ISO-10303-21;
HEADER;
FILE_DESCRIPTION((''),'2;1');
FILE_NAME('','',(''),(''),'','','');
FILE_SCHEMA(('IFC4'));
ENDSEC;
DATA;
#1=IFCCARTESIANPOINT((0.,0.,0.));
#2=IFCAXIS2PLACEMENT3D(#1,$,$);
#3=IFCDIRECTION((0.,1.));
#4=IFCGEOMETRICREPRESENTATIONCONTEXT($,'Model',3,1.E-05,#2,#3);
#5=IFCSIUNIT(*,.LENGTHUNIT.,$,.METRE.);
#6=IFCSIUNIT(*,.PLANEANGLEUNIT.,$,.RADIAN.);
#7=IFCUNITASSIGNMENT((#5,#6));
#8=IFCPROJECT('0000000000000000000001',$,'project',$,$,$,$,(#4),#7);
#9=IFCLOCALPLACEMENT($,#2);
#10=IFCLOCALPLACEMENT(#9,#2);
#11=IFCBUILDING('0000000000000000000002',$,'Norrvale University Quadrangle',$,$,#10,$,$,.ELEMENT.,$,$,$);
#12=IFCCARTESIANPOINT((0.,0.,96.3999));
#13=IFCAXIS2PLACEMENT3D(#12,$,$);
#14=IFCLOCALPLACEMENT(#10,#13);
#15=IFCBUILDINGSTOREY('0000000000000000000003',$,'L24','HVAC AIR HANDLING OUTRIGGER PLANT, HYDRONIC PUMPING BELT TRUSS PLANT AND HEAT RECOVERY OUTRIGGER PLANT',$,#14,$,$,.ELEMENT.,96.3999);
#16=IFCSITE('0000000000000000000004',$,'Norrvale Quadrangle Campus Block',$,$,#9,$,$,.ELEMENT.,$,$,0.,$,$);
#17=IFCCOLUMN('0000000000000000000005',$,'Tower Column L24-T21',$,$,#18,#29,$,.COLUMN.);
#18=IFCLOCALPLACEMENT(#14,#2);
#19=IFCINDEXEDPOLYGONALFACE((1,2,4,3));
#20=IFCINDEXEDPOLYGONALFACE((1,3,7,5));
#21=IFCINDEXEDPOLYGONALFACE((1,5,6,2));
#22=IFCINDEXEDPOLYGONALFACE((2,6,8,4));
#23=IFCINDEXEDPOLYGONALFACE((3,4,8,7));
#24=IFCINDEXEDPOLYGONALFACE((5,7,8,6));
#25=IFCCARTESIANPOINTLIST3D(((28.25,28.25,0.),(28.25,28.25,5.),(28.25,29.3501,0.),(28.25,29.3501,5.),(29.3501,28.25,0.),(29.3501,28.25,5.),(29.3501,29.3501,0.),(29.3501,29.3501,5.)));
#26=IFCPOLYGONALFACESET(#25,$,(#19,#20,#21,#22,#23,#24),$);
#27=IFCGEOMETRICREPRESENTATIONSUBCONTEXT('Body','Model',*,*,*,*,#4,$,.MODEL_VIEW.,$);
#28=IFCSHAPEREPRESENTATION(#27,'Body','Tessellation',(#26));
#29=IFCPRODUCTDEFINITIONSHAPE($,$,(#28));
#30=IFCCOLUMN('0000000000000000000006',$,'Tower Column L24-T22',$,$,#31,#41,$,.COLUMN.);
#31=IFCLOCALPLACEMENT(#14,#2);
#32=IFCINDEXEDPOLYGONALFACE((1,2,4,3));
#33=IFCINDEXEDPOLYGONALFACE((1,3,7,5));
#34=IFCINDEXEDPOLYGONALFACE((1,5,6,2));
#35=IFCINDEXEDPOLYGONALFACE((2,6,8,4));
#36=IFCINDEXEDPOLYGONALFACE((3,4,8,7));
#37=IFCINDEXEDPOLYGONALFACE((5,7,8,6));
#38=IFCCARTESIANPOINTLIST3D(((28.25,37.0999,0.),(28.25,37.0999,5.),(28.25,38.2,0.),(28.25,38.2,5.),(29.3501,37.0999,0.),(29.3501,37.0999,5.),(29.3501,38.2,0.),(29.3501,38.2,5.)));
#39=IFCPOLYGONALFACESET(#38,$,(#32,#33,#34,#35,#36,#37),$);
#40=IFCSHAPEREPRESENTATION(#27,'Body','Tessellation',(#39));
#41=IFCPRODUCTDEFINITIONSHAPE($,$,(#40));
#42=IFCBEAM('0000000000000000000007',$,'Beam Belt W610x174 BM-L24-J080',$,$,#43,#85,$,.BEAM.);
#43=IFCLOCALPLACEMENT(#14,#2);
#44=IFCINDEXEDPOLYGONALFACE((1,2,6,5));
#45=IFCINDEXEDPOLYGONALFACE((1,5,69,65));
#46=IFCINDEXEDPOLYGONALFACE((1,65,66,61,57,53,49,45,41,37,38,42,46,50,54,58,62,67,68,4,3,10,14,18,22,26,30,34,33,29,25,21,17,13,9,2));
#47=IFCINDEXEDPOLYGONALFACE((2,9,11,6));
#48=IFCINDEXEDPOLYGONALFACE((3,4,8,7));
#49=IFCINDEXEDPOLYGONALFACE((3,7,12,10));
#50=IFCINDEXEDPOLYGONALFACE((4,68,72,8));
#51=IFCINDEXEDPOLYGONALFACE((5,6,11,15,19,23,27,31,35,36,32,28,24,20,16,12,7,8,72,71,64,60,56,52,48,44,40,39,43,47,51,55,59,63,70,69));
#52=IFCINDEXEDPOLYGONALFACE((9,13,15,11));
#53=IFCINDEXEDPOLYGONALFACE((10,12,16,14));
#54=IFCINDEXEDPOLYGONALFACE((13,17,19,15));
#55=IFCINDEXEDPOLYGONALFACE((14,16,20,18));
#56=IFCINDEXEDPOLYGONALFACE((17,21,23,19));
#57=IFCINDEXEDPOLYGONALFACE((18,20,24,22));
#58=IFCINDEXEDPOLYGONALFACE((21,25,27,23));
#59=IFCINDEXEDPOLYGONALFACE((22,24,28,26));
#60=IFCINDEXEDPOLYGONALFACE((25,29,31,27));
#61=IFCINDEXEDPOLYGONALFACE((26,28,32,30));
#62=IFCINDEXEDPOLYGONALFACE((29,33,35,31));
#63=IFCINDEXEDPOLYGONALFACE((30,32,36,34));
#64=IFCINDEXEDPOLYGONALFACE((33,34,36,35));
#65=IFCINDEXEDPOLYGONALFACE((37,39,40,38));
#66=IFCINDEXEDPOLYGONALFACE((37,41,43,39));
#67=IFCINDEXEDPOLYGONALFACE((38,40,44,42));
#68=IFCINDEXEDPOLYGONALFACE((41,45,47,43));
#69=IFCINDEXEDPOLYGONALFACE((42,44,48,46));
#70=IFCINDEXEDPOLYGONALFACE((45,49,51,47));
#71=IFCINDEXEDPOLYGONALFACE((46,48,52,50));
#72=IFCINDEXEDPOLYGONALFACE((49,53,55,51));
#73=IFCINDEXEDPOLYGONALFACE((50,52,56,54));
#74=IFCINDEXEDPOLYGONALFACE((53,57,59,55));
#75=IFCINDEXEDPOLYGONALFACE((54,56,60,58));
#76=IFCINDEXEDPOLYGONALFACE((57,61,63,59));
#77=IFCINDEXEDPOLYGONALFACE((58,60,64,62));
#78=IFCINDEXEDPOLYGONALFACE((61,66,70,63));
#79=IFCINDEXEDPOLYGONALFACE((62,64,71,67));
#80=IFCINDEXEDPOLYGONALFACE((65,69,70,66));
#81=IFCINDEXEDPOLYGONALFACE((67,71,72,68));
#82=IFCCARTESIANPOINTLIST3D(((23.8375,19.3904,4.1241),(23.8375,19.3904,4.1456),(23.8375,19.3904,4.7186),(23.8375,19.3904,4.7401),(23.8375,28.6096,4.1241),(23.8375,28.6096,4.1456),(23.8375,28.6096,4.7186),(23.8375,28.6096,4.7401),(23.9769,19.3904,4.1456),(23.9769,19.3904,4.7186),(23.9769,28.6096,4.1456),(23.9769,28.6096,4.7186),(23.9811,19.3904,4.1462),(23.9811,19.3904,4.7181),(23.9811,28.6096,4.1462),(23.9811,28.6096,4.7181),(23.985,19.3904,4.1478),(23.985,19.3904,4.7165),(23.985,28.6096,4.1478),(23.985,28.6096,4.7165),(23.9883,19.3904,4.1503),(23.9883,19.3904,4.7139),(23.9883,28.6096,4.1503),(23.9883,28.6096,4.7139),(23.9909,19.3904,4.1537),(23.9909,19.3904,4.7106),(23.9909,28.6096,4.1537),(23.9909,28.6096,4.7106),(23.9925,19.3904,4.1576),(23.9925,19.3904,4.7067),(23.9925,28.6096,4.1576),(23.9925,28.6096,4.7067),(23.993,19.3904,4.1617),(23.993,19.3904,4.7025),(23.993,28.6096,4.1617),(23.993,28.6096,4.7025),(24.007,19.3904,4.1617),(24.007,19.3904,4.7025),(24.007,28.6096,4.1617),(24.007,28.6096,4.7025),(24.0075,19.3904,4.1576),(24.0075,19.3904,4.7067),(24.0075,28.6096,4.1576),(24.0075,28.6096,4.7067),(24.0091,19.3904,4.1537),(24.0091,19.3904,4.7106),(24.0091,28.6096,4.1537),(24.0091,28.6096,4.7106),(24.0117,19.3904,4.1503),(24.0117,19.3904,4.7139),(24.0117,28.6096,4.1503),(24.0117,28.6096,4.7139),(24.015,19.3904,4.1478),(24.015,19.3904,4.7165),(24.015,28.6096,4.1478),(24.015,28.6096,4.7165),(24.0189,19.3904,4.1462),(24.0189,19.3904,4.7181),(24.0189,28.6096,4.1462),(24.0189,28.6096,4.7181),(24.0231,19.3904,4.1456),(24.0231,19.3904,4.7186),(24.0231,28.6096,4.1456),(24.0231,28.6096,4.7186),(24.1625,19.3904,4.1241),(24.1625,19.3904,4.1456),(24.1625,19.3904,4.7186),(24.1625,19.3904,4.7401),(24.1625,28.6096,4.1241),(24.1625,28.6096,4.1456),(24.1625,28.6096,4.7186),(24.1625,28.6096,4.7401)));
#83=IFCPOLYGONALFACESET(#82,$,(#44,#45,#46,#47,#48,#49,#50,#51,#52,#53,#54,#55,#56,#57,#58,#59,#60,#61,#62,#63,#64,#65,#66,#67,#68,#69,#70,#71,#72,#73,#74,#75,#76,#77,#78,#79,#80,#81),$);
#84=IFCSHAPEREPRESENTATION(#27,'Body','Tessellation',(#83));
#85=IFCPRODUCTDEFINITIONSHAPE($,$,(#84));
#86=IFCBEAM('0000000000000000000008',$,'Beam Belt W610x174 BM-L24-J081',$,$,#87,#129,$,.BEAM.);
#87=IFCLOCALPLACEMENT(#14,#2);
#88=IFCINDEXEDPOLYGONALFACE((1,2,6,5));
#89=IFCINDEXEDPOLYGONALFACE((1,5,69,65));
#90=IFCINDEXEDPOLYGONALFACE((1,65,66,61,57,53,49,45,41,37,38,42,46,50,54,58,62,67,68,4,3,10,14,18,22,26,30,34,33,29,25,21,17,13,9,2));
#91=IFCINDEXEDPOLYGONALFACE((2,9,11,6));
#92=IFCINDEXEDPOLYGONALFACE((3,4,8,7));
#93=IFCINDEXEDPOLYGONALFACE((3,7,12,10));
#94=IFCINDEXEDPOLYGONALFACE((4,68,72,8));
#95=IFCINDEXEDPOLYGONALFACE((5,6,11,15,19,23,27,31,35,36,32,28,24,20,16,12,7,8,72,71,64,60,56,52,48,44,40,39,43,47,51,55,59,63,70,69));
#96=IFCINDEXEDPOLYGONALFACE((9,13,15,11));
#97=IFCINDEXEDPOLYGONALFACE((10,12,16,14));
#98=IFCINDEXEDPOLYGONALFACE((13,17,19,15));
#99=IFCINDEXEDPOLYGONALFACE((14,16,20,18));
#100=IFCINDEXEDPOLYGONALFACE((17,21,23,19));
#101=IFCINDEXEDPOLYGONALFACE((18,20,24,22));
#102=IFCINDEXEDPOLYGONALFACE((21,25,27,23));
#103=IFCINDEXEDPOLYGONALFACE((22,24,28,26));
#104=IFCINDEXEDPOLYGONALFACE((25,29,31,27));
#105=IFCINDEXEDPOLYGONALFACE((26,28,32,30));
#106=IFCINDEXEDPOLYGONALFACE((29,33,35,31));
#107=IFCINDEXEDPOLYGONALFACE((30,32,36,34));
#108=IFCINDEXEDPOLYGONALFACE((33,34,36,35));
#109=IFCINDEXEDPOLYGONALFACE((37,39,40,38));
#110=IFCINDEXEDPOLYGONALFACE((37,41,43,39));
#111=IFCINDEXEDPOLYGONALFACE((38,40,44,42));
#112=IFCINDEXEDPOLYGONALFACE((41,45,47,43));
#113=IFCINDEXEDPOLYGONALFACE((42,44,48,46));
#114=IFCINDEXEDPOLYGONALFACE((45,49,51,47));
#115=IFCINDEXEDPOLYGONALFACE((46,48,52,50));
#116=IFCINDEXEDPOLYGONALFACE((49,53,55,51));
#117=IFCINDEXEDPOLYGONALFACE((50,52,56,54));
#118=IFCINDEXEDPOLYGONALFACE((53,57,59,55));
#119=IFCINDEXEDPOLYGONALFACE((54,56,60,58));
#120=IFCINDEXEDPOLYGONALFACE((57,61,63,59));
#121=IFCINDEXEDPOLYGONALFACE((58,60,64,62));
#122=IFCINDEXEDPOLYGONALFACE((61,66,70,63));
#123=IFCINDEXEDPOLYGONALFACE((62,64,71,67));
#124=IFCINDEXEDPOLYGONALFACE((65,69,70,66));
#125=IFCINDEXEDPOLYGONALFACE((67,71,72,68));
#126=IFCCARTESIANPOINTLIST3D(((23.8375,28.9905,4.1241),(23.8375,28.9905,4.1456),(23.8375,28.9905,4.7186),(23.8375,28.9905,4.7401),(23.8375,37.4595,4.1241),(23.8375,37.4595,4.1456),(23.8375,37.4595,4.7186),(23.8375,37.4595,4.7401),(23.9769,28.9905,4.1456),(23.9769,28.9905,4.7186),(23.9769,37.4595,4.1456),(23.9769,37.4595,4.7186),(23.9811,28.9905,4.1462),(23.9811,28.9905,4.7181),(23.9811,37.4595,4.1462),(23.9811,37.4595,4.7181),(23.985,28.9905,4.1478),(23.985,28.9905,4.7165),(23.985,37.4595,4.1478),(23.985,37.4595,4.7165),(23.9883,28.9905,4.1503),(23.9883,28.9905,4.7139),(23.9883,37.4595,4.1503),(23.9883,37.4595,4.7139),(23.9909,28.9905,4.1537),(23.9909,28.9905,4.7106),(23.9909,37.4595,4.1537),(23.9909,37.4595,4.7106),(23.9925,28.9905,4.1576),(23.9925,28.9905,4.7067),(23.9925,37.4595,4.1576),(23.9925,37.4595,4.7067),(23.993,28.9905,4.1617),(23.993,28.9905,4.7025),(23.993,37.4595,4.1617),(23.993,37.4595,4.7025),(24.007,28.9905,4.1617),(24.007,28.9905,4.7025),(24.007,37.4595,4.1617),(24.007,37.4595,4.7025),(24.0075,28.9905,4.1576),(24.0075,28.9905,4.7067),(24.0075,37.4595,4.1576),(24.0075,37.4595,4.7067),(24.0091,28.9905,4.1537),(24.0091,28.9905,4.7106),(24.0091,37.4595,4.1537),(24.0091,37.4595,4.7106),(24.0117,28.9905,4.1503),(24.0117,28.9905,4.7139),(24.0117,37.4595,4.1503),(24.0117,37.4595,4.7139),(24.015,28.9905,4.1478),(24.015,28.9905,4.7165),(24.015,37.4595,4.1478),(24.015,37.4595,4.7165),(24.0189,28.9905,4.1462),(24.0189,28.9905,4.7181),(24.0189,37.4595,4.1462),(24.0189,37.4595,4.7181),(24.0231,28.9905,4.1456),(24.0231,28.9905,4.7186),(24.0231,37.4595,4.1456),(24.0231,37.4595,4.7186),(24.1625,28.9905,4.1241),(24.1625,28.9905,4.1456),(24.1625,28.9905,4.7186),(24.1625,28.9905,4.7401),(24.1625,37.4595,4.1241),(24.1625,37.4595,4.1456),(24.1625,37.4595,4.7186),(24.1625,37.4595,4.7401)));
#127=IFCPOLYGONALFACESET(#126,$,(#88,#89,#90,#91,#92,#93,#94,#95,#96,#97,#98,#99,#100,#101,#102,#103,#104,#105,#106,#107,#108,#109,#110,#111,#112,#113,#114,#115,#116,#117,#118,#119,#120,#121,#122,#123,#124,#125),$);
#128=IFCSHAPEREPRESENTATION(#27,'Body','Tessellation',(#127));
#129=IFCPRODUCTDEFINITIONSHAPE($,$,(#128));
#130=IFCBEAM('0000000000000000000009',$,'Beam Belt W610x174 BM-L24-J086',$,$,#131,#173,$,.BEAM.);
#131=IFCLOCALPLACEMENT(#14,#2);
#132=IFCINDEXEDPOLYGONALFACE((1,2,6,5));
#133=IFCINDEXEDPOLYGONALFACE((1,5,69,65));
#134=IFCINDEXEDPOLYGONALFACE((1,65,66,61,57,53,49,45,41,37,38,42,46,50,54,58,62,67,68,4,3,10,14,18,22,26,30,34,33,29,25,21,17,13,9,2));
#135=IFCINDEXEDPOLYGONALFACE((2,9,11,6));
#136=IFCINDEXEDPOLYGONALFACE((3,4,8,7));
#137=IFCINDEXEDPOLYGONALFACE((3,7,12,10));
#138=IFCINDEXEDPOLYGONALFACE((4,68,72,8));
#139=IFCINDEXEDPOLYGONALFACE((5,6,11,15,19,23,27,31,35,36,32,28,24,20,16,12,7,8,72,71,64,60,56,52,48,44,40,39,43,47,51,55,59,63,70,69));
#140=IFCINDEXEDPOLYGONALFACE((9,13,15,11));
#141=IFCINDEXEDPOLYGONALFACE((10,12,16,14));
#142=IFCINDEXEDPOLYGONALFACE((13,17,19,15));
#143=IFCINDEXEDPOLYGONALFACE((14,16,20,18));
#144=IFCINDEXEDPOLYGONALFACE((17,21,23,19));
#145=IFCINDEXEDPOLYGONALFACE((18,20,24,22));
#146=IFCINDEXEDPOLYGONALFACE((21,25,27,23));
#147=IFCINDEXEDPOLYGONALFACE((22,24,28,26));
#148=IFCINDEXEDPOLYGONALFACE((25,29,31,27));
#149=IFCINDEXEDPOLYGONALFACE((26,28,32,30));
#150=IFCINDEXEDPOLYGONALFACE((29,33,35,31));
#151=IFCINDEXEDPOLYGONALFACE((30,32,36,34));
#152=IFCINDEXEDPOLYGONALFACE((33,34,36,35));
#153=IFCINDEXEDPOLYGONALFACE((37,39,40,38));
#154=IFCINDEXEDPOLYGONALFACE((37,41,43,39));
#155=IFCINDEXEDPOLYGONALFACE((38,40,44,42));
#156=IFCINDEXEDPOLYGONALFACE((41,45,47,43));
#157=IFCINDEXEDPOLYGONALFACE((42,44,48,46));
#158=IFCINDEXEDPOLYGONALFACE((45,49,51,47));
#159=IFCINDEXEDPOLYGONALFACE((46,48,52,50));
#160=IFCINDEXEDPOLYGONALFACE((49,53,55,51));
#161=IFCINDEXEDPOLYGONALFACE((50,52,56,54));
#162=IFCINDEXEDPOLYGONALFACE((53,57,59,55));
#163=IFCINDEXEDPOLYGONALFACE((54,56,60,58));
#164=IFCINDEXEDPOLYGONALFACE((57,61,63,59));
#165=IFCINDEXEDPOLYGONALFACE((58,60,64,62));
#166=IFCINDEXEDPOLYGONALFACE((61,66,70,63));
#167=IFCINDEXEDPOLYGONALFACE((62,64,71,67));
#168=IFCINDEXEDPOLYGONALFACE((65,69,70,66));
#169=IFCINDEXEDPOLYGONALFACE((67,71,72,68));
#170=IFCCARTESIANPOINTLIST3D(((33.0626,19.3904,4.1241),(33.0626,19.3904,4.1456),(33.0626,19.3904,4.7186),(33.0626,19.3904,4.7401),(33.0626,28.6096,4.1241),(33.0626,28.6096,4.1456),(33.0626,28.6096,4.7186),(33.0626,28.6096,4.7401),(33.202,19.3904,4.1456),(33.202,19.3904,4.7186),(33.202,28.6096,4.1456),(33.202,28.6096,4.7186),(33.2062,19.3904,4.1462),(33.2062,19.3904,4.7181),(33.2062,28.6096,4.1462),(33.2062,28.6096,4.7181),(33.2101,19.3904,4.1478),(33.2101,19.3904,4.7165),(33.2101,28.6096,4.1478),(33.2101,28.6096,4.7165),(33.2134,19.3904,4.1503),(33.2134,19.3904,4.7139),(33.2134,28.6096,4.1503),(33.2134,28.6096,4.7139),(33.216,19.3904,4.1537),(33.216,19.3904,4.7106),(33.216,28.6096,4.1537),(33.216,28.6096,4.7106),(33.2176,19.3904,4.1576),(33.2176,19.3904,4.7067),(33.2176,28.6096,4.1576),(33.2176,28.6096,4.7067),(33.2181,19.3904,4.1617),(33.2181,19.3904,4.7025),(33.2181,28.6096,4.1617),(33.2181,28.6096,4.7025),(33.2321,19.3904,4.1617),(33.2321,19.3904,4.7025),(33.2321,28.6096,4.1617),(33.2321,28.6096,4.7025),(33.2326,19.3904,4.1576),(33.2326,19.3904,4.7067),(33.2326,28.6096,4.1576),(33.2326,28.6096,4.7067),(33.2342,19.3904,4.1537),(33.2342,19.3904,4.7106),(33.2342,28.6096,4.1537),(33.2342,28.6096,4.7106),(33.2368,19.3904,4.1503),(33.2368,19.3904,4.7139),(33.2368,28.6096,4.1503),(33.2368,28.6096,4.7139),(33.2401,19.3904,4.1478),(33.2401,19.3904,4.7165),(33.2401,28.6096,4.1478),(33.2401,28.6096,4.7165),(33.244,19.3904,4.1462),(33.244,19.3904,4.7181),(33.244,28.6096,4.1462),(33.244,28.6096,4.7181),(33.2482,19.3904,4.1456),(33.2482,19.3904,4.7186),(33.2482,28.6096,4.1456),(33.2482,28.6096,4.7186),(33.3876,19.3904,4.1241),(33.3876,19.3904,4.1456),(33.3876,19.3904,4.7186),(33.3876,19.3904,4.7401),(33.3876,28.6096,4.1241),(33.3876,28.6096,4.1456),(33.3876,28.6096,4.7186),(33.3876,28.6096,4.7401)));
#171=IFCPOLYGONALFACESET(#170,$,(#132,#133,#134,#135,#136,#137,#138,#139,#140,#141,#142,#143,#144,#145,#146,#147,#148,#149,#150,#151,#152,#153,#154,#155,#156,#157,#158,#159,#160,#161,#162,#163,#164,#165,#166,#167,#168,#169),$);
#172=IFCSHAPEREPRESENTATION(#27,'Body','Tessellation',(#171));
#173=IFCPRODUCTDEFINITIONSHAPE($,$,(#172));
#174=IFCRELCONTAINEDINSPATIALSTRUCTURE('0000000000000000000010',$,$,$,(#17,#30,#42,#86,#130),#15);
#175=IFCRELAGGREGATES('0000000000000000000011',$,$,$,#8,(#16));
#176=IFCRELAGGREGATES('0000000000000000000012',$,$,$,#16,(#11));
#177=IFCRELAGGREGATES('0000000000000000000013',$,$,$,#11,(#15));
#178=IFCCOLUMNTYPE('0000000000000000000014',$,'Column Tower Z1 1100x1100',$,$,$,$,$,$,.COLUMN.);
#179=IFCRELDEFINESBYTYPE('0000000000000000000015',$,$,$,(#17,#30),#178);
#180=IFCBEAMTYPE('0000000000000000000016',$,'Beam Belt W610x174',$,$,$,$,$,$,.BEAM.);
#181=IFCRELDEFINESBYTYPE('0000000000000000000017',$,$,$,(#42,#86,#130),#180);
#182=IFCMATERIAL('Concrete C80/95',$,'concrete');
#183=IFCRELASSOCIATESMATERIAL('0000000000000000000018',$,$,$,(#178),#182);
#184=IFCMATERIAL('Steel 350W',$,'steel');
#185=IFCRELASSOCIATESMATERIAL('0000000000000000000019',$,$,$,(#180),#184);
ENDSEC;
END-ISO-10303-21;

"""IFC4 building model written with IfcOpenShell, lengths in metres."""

from ifc_helpers import new_model, si_unit, direction, frame, origin, origin_2d, place, context, subcontext, project, spatial, rectangle, i_section, extrude, material, material_profile, profile_set, type_object, element, save


model = new_model("IFC4")

# Units and contexts
model_context = context("Model", 3, precision=1e-05, world=origin(), true_north=direction((0.0, 1.0)))
body_context = subcontext(model_context, "Body", "Model", "MODEL_VIEW")
ifc_project = project(units=[si_unit("LENGTHUNIT", "METRE"), si_unit("PLANEANGLEUNIT", "RADIAN")], contexts=[model_context])

# Site, building, storey
site_placement = place(None, origin())
site = spatial("IfcSite", under=ifc_project, at=site_placement, Name="Norrvale Quadrangle Campus Block", CompositionType="ELEMENT", RefElevation=0.0)
building_placement = place(site_placement, origin())
building = spatial("IfcBuilding", under=site, at=building_placement, Name="Norrvale University Quadrangle", CompositionType="ELEMENT")
storey_placement = place(building_placement, frame((0.0, 0.0, 96.3999)))
storey = spatial("IfcBuildingStorey", under=building, at=storey_placement, Name="L24", Description="HVAC AIR HANDLING OUTRIGGER PLANT, HYDRONIC PUMPING BELT TRUSS PLANT AND HEAT RECOVERY OUTRIGGER PLANT", CompositionType="ELEMENT", Elevation=96.3999)

# Columns
ifc_material_1 = material(Name="Concrete C80/95", Category="concrete")
ifc_material_profile_1 = material_profile(ifc_material_1, rectangle(XDim=1.1001, YDim=1.1001, at=origin_2d()), Name="Concrete C80/95")
ifc_profile_set_1 = profile_set([ifc_material_profile_1], Name="Concrete C80/95")
column_type = type_object("IfcColumnType", Name="Column Tower Z1 1100x1100", PredefinedType="COLUMN", material=ifc_profile_set_1)
for number, where, z_axis, x_axis, name in (
    (1, (28.8, 28.8, 0.0), (0.0, 0.0, 1.0), (1.0, 0.0, 0.0), "Tower Column L24-T21"),
    (2, (28.8, 37.6499, 0.0), (0.0, 0.0, 1.0), (1.0, 0.0, 0.0), "Tower Column L24-T22"),
):
    element("IfcColumn", number, at=place(storey_placement, frame(where, z_axis=z_axis, x_axis=x_axis)), inside=storey, type_object=column_type, Name=name, PredefinedType="COLUMN", context=body_context, shape_type="SweptSolid", body=[
        extrude(rectangle(XDim=1.1001, YDim=1.1001, at=origin_2d()), origin(), (0.0, 0.0, 1.0), 5.0),
    ])

# Beams
ifc_material_2 = material(Name="Steel 350W", Category="steel")
ifc_material_profile_2 = material_profile(ifc_material_2, i_section(OverallWidth=0.325, OverallDepth=0.616, WebThickness=0.0139, FlangeThickness=0.0215, FilletRadius=0.0161, at=origin_2d()), Name="Steel 350W")
ifc_profile_set_2 = profile_set([ifc_material_profile_2], Name="Steel 350W")
beam_type_1 = type_object("IfcBeamType", Name="Beam Belt W610x174", PredefinedType="BEAM", material=ifc_profile_set_2)
beam_1_placement = place(storey_placement, frame((24.0, 19.3904, 4.4321), z_axis=(0.0, 1.0, 0.0), x_axis=(-1.0, 0.0, 0.0)))
element("IfcBeam", 3, at=beam_1_placement, inside=storey, type_object=beam_type_1, Name="Beam Belt W610x174 BM-L24-J080", PredefinedType="BEAM", context=body_context, shape_type="SweptSolid", body=[
    extrude(i_section(OverallWidth=0.325, OverallDepth=0.616, WebThickness=0.0139, FlangeThickness=0.0215, FilletRadius=0.0161, at=origin_2d()), origin(), (0.0, 0.0, 1.0), 9.2192),
])
beam_2_placement = place(storey_placement, frame((24.0, 28.9905, 4.4321), z_axis=(0.0, 1.0, 0.0), x_axis=(-1.0, 0.0, 0.0)))
element("IfcBeam", 4, at=beam_2_placement, inside=storey, type_object=beam_type_1, Name="Beam Belt W610x174 BM-L24-J081", PredefinedType="BEAM", context=body_context, shape_type="SweptSolid", body=[
    extrude(i_section(OverallWidth=0.325, OverallDepth=0.616, WebThickness=0.0139, FlangeThickness=0.0215, FilletRadius=0.0161, at=origin_2d()), origin(), (0.0, 0.0, 1.0), 8.469),
])
beam_3_placement = place(storey_placement, frame((33.2251, 19.3904, 4.4321), z_axis=(0.0, 1.0, 0.0), x_axis=(-1.0, 0.0, 0.0)))
element("IfcBeam", 5, at=beam_3_placement, inside=storey, type_object=beam_type_1, Name="Beam Belt W610x174 BM-L24-J086", PredefinedType="BEAM", context=body_context, shape_type="SweptSolid", body=[
    extrude(i_section(OverallWidth=0.325, OverallDepth=0.616, WebThickness=0.0139, FlangeThickness=0.0215, FilletRadius=0.0161, at=origin_2d()), origin(), (0.0, 0.0, 1.0), 9.2192),
])

save(model, "model.ifc")
